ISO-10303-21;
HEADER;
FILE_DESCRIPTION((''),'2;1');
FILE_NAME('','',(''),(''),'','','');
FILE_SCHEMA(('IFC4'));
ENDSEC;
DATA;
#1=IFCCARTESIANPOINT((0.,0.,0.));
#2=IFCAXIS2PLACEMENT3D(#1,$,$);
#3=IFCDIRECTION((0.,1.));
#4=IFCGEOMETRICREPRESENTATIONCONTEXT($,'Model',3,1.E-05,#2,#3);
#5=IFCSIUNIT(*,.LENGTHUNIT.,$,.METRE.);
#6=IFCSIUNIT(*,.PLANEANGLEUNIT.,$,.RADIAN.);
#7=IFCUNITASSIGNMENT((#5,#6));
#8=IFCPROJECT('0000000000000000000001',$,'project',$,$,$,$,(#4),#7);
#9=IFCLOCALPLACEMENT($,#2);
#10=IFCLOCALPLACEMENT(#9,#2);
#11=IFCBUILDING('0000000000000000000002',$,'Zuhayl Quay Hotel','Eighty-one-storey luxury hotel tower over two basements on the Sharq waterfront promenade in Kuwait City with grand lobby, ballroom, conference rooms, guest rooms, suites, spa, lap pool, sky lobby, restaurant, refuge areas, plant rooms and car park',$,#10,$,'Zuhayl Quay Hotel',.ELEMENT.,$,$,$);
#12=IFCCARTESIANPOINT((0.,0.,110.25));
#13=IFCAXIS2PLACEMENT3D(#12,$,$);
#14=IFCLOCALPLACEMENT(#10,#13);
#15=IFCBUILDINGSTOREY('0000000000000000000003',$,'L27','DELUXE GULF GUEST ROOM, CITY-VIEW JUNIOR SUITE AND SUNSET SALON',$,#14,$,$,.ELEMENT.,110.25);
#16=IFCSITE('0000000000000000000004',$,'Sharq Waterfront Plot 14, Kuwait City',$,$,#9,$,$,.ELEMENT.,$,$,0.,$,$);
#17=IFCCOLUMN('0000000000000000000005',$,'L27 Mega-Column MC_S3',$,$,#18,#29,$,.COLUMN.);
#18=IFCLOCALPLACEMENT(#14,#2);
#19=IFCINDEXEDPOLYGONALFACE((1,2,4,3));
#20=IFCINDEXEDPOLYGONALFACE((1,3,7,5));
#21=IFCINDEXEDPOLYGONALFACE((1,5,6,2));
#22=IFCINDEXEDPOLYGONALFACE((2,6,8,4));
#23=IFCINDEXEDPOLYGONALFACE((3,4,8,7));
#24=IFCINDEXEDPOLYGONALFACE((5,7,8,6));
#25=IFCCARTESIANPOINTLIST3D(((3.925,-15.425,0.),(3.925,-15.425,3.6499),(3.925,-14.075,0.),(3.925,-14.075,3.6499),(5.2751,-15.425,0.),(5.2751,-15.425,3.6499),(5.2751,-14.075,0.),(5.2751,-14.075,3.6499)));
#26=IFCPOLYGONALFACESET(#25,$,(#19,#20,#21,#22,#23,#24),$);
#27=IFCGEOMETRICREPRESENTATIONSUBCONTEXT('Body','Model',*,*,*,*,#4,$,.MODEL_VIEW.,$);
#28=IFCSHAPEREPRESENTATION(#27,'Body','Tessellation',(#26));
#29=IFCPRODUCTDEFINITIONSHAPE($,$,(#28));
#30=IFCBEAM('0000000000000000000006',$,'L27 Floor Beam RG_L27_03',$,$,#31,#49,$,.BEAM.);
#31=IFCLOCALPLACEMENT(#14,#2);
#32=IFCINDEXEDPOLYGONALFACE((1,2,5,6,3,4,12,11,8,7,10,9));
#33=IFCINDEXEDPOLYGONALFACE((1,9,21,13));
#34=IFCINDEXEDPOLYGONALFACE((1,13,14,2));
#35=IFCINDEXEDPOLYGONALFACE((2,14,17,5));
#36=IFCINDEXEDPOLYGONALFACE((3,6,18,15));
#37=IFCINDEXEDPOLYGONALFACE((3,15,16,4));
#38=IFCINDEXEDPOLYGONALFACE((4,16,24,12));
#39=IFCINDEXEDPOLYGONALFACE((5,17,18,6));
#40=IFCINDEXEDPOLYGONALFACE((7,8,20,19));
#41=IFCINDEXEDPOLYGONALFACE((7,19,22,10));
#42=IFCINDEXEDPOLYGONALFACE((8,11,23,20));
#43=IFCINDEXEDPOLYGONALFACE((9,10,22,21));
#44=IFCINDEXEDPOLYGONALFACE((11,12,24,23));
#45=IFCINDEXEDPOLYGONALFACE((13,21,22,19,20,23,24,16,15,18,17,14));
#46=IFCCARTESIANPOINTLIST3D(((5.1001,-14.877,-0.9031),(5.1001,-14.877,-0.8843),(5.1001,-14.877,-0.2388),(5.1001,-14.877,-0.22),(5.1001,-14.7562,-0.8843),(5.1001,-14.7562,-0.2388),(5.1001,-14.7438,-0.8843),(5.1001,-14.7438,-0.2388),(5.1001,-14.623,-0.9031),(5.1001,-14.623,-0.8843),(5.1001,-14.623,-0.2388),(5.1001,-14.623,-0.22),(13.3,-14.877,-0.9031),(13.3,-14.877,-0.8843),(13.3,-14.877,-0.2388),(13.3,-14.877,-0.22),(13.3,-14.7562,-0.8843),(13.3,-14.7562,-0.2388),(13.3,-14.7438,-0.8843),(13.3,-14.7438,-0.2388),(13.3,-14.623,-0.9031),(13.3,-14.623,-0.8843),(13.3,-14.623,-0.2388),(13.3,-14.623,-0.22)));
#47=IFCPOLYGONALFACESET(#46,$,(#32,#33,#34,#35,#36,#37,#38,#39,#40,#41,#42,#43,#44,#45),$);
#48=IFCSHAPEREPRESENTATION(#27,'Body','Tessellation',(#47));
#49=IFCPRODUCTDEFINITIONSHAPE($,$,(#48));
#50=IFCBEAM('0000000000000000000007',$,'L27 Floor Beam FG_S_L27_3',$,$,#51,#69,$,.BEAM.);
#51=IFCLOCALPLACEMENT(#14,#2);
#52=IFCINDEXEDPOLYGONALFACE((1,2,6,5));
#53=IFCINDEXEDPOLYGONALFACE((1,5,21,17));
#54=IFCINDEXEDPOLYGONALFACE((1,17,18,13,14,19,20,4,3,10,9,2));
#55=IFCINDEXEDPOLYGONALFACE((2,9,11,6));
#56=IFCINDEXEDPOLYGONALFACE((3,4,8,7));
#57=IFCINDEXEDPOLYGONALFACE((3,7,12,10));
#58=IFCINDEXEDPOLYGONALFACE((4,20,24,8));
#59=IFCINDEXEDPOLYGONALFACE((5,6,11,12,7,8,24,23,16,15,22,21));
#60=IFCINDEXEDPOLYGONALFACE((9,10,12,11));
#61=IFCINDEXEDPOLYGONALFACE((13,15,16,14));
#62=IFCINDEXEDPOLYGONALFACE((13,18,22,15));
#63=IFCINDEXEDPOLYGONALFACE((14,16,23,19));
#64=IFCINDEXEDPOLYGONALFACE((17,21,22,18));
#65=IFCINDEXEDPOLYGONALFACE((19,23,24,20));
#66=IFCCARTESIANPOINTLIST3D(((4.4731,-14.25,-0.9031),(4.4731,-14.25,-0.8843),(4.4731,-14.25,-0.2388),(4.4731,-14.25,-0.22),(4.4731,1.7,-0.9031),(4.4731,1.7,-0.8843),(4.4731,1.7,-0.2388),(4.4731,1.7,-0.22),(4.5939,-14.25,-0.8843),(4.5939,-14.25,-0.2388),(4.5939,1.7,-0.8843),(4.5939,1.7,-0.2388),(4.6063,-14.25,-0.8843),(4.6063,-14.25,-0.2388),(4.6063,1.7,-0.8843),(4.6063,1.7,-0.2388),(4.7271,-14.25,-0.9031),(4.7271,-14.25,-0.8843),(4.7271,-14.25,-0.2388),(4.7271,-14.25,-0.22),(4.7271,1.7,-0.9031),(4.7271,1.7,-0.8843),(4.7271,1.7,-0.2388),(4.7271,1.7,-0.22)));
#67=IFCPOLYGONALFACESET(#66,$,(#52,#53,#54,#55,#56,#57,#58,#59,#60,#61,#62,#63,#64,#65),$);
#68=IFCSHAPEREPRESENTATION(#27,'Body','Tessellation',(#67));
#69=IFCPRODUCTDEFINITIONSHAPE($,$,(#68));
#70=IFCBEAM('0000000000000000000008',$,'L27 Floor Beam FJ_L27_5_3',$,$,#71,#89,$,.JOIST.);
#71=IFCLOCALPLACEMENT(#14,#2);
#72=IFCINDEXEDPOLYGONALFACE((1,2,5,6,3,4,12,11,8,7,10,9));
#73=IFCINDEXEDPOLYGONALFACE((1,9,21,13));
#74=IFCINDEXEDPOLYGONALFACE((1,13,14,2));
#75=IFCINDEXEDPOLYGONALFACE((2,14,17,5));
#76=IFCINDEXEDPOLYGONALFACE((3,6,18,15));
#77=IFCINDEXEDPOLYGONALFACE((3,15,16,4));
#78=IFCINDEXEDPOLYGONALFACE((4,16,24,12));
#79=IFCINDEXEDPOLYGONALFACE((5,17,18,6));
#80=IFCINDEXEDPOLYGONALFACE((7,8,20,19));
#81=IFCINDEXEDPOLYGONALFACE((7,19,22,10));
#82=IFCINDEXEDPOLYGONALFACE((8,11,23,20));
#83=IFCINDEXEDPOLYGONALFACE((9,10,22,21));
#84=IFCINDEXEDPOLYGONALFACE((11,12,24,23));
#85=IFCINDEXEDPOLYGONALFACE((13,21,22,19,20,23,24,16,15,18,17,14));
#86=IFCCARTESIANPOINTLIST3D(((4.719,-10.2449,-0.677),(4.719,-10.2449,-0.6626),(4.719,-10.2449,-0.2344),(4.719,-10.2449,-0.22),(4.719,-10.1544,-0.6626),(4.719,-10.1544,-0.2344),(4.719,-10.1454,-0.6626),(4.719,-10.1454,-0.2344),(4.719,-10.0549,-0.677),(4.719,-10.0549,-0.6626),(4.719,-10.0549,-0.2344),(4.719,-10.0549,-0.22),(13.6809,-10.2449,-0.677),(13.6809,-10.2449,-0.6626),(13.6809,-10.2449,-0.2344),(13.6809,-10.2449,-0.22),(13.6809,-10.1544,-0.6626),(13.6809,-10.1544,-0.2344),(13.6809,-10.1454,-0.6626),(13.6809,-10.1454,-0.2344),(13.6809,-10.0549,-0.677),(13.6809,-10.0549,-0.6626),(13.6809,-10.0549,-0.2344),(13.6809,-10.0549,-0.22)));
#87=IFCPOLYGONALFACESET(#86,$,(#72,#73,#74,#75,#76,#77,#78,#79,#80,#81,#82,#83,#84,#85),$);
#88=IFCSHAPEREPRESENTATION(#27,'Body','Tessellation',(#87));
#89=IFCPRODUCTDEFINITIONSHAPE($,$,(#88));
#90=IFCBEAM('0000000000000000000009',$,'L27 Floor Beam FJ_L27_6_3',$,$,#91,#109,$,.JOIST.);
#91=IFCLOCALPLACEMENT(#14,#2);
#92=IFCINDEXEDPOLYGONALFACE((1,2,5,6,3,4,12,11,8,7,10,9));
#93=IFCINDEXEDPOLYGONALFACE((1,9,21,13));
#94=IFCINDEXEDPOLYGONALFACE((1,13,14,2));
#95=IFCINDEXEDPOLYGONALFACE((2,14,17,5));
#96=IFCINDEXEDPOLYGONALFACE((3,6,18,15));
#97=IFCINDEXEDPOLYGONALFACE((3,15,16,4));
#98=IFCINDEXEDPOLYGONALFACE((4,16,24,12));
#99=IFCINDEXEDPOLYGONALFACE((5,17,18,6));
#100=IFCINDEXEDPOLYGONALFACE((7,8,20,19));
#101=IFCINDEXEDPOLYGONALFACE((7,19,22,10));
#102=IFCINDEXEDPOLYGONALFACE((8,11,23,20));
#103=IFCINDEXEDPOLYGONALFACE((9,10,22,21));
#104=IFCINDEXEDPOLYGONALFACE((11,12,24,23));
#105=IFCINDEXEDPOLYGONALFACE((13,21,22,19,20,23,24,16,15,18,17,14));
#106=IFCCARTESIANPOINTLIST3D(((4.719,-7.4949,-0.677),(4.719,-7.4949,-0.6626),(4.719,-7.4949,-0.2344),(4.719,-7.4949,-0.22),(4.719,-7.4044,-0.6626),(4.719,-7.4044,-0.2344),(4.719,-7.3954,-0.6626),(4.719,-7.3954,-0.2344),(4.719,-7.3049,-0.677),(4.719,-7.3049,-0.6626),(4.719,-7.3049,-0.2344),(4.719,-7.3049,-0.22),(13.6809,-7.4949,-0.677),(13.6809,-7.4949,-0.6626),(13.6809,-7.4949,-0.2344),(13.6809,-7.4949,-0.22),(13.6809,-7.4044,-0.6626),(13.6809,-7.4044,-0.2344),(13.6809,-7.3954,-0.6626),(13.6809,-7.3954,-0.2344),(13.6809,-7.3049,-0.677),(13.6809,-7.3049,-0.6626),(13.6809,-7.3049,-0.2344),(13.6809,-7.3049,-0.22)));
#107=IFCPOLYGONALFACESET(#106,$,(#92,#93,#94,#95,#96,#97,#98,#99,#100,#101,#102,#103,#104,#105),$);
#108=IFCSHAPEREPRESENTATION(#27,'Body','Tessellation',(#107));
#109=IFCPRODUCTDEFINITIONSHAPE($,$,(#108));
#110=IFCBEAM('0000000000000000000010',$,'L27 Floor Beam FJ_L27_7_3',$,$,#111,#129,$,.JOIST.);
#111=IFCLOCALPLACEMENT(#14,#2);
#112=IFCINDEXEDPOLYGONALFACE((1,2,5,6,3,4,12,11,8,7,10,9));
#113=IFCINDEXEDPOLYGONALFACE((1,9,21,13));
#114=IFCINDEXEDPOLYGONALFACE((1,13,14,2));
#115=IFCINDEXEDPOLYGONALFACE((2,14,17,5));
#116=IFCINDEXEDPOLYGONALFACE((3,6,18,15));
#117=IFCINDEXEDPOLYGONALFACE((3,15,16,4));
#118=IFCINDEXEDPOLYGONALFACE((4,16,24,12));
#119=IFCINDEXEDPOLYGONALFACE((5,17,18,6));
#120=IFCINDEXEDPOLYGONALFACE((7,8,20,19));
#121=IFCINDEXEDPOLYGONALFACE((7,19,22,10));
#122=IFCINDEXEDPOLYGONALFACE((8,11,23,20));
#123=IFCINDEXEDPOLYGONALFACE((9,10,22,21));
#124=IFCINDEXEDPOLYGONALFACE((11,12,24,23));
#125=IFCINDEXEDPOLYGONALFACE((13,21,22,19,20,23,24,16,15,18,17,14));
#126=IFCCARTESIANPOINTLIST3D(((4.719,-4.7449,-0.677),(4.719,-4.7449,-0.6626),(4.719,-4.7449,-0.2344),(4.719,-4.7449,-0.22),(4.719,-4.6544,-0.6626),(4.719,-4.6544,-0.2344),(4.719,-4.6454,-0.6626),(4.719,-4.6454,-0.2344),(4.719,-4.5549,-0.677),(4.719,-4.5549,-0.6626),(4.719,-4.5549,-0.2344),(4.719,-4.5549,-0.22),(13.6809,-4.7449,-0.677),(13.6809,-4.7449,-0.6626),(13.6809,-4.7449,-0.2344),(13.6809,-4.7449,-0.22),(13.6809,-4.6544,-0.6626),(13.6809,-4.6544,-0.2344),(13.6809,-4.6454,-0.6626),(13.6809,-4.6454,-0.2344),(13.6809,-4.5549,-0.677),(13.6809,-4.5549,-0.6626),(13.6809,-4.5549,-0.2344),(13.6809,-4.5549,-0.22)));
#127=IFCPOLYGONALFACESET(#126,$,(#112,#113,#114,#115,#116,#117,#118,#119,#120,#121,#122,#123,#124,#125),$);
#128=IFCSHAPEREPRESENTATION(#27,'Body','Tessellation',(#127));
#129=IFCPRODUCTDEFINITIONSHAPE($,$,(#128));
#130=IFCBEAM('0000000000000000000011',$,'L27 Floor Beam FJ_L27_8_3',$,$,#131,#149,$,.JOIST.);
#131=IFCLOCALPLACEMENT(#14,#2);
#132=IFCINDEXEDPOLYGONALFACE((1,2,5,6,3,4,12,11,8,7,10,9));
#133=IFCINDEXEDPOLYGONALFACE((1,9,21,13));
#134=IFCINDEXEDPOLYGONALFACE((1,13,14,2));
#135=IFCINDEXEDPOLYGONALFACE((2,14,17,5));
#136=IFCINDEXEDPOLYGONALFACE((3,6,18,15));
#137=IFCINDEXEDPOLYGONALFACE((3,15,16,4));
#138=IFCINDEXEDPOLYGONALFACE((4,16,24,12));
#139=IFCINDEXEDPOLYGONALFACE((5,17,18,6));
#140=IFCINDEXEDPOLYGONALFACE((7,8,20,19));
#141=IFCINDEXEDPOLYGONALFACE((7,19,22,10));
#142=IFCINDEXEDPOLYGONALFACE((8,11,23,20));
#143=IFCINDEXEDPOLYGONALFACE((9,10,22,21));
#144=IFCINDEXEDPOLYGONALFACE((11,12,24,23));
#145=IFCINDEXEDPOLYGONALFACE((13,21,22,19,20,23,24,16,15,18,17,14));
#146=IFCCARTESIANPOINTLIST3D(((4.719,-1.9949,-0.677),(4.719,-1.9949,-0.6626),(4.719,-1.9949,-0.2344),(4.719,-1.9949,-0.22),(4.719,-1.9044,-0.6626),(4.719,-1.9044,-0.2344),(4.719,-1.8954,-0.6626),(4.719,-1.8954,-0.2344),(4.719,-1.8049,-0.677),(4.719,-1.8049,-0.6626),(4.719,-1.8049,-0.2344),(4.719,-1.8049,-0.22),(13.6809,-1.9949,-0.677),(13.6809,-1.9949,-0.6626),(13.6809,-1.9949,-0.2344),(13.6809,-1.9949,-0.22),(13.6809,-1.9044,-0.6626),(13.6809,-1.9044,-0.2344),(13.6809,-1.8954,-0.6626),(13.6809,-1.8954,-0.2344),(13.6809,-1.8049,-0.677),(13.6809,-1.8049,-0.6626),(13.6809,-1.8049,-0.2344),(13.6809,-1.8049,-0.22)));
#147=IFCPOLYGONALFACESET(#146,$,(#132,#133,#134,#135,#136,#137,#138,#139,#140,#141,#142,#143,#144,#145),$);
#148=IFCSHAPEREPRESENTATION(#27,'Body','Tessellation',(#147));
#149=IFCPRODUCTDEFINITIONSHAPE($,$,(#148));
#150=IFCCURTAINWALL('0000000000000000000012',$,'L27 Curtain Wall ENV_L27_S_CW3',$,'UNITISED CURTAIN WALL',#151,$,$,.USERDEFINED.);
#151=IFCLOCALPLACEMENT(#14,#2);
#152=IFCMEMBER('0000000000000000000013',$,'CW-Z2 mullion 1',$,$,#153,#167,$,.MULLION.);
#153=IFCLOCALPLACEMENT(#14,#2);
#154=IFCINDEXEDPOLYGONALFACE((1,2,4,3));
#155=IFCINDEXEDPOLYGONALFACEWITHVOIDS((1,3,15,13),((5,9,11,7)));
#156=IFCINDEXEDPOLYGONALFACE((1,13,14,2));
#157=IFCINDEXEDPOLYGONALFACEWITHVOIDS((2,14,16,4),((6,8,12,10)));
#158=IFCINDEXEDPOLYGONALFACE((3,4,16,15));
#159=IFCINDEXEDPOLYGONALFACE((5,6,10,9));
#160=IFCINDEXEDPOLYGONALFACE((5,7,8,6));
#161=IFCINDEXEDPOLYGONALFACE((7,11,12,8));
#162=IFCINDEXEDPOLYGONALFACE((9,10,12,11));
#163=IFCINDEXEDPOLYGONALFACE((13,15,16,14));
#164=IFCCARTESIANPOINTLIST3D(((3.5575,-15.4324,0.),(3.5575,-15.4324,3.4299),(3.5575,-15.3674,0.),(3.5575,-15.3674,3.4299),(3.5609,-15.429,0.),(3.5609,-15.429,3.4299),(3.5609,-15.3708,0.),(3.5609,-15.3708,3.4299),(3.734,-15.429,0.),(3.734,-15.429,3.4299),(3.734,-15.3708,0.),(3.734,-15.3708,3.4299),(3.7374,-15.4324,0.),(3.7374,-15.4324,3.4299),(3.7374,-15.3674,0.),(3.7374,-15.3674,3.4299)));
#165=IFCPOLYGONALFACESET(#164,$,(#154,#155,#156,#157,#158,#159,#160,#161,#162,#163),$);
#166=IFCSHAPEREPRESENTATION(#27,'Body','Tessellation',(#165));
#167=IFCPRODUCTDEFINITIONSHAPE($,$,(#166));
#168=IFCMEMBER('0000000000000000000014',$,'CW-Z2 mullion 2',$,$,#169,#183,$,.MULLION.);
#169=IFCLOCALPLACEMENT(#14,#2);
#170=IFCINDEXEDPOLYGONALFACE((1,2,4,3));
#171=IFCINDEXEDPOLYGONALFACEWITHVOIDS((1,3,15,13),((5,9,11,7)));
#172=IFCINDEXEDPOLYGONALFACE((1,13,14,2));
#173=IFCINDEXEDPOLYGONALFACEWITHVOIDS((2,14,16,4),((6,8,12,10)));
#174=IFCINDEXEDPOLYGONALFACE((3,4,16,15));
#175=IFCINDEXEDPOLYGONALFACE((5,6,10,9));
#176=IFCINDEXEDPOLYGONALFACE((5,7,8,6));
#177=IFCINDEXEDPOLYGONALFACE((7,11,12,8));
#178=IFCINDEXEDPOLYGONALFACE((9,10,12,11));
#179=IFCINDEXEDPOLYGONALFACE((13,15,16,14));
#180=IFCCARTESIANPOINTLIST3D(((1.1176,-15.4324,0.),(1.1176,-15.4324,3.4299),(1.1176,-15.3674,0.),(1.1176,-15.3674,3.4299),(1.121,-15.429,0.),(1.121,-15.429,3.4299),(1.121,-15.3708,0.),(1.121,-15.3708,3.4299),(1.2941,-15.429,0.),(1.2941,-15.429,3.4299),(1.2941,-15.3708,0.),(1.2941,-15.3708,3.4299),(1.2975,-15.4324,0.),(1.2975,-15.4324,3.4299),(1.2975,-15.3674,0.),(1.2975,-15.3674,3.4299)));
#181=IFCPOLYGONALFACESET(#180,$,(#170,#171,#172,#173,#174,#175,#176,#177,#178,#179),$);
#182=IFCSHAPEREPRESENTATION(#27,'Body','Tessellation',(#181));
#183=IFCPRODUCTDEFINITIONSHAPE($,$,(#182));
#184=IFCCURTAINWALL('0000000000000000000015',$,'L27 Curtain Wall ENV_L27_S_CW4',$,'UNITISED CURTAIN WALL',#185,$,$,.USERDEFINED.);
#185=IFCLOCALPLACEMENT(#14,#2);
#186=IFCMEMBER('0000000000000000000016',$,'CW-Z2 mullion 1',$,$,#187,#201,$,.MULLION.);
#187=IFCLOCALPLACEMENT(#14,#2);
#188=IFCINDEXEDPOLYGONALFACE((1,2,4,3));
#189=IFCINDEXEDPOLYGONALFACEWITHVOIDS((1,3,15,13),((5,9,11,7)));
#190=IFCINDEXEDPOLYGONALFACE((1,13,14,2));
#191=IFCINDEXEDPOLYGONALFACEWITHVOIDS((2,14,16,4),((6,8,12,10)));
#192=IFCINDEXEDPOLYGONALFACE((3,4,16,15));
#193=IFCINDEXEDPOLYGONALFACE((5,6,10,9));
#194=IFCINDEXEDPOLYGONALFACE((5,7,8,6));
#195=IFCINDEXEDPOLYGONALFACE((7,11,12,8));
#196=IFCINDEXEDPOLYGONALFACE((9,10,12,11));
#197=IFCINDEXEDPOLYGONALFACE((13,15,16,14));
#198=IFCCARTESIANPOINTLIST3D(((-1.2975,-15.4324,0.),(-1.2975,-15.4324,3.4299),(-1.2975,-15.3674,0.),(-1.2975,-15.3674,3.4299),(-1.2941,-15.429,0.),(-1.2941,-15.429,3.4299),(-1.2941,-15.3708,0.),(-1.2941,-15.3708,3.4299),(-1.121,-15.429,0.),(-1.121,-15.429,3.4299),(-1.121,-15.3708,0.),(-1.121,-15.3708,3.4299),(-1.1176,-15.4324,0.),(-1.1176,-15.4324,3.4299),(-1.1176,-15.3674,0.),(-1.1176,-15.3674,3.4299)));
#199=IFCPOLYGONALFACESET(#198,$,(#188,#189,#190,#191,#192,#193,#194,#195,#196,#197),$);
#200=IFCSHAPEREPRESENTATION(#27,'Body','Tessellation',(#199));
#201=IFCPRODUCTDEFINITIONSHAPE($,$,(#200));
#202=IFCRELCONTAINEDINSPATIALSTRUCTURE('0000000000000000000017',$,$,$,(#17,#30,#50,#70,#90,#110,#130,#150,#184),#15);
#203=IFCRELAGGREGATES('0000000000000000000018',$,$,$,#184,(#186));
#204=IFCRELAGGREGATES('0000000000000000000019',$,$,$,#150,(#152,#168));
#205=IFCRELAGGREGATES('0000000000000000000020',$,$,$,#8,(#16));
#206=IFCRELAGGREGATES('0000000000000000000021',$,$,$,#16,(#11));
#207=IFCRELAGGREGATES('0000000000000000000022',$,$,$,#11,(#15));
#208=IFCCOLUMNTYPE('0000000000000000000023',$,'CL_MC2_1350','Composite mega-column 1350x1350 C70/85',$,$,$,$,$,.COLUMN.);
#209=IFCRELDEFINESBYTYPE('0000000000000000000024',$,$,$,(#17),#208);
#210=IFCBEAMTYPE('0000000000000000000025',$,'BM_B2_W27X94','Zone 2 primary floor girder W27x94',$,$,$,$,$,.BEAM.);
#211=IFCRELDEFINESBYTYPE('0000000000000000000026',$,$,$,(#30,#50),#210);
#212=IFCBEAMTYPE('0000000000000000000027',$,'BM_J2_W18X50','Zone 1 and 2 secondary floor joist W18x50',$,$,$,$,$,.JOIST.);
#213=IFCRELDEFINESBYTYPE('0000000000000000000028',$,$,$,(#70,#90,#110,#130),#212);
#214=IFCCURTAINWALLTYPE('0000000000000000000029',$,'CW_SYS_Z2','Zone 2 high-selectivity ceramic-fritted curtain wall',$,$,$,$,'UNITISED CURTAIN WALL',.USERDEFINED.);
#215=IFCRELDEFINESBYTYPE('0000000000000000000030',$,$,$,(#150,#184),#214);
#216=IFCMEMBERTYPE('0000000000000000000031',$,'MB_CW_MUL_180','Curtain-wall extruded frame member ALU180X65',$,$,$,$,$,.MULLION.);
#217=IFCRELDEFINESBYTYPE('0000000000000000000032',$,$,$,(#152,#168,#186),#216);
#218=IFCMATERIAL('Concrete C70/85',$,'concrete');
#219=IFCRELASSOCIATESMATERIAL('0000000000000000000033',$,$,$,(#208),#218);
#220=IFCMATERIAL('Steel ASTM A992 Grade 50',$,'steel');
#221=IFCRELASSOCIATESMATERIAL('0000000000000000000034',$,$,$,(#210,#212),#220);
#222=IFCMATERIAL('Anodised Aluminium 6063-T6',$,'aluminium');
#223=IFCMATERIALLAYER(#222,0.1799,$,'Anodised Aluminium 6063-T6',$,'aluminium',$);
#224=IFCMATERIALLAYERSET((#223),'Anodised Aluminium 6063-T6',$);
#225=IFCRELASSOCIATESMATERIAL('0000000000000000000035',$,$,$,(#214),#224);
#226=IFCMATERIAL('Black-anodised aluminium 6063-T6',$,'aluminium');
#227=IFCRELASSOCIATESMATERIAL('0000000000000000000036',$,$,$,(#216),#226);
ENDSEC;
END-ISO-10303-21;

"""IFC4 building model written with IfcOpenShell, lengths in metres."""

from ifc_helpers import new_model, si_unit, direction, frame, origin, origin_2d, place, context, subcontext, project, spatial, rectangle, hollow_rectangle, i_section, extrude, material, layer, layer_set, material_profile, profile_set, type_object, element, aggregate, save


model = new_model("IFC4")

# Units and contexts
model_context = context("Model", 3, precision=1e-05, world=origin(), true_north=direction((0.0, 1.0)))
body_context = subcontext(model_context, "Body", "Model", "MODEL_VIEW")
ifc_project = project(units=[si_unit("LENGTHUNIT", "METRE"), si_unit("PLANEANGLEUNIT", "RADIAN")], contexts=[model_context])

# Site, building, storey
site_placement = place(None, origin())
site = spatial("IfcSite", under=ifc_project, at=site_placement, Name="Sharq Waterfront Plot 14, Kuwait City", CompositionType="ELEMENT", RefElevation=0.0)
building_placement = place(site_placement, origin())
building = spatial("IfcBuilding", under=site, at=building_placement, Name="Zuhayl Quay Hotel", Description="Eighty-one-storey luxury hotel tower over two basements on the Sharq waterfront promenade in Kuwait City with grand lobby, ballroom, conference rooms, guest rooms, suites, spa, lap pool, sky lobby, restaurant, refuge areas, plant rooms and car park", LongName="Zuhayl Quay Hotel", CompositionType="ELEMENT")
storey_placement = place(building_placement, frame((0.0, 0.0, 110.25)))
storey = spatial("IfcBuildingStorey", under=building, at=storey_placement, Name="L27", Description="DELUXE GULF GUEST ROOM, CITY-VIEW JUNIOR SUITE AND SUNSET SALON", CompositionType="ELEMENT", Elevation=110.25)

# Column
ifc_material_1 = material(Name="Concrete C70/85", Category="concrete")
ifc_material_profile_1 = material_profile(ifc_material_1, rectangle(XDim=1.3501, YDim=1.3501, at=origin_2d()), Name="RC1350X1350")
ifc_profile_set_1 = profile_set([ifc_material_profile_1], Name="Concrete C70/85")
column_type = type_object("IfcColumnType", Name="CL_MC2_1350", Description="Composite mega-column 1350x1350 C70/85", PredefinedType="COLUMN", material=ifc_profile_set_1)
column_placement = place(storey_placement, frame((4.6001, -14.75, 0.0), z_axis=(0.0, 0.0, 1.0), x_axis=(1.0, 0.0, 0.0)))
element("IfcColumn", 1, at=column_placement, inside=storey, type_object=column_type, Name="L27 Mega-Column MC_S3", PredefinedType="COLUMN", context=body_context, shape_type="SweptSolid", body=[
    extrude(rectangle(XDim=1.3501, YDim=1.3501, at=origin_2d()), origin(), (0.0, 0.0, 1.0), 3.6499),
])

# Beams
ifc_material_2 = material(Name="Steel ASTM A992 Grade 50", Category="steel")
ifc_material_profile_2 = material_profile(ifc_material_2, i_section(OverallWidth=0.2539, OverallDepth=0.6831, WebThickness=0.0125, FlangeThickness=0.0188, at=origin_2d()), Name="W27X94")
ifc_profile_set_2 = profile_set([ifc_material_profile_2], Name="Steel ASTM A992 Grade 50")
beam_type_1 = type_object("IfcBeamType", Name="BM_B2_W27X94", Description="Zone 2 primary floor girder W27x94", PredefinedType="BEAM", material=ifc_profile_set_2)
beam_1_placement = place(storey_placement, frame((5.1001, -14.75, -0.5615), z_axis=(1.0, 0.0, 0.0), x_axis=(0.0, 1.0, 0.0)))
element("IfcBeam", 2, at=beam_1_placement, inside=storey, type_object=beam_type_1, Name="L27 Floor Beam RG_L27_03", PredefinedType="BEAM", context=body_context, shape_type="SweptSolid", body=[
    extrude(i_section(OverallWidth=0.2539, OverallDepth=0.6831, WebThickness=0.0125, FlangeThickness=0.0188, at=origin_2d()), origin(), (0.0, 0.0, 1.0), 8.2),
])
beam_2_placement = place(storey_placement, frame((4.6001, -14.25, -0.5615), z_axis=(0.0, 1.0, 0.0), x_axis=(-1.0, 0.0, 0.0)))
element("IfcBeam", 3, at=beam_2_placement, inside=storey, type_object=beam_type_1, Name="L27 Floor Beam FG_S_L27_3", PredefinedType="BEAM", context=body_context, shape_type="SweptSolid", body=[
    extrude(i_section(OverallWidth=0.2539, OverallDepth=0.6831, WebThickness=0.0125, FlangeThickness=0.0188, at=origin_2d()), origin(), (0.0, 0.0, 1.0), 15.95),
])
ifc_material_profile_3 = material_profile(ifc_material_2, i_section(OverallWidth=0.1899, OverallDepth=0.457, WebThickness=0.009, FlangeThickness=0.0144, at=origin_2d()), Name="W18X50")
ifc_profile_set_3 = profile_set([ifc_material_profile_3], Name="Steel ASTM A992 Grade 50")
beam_type_2 = type_object("IfcBeamType", Name="BM_J2_W18X50", Description="Zone 1 and 2 secondary floor joist W18x50", PredefinedType="JOIST", material=ifc_profile_set_3)
for number, where, z_axis, x_axis, name in (
    (4, (4.719, -10.1499, -0.4485), (1.0, 0.0, 0.0), (0.0, 1.0, 0.0), "L27 Floor Beam FJ_L27_5_3"),
    (5, (4.719, -7.3999, -0.4485), (1.0, 0.0, 0.0), (0.0, 1.0, 0.0), "L27 Floor Beam FJ_L27_6_3"),
    (6, (4.719, -4.6499, -0.4485), (1.0, 0.0, 0.0), (0.0, 1.0, 0.0), "L27 Floor Beam FJ_L27_7_3"),
    (7, (4.719, -1.8999, -0.4485), (1.0, 0.0, 0.0), (0.0, 1.0, 0.0), "L27 Floor Beam FJ_L27_8_3"),
):
    element("IfcBeam", number, at=place(storey_placement, frame(where, z_axis=z_axis, x_axis=x_axis)), inside=storey, type_object=beam_type_2, Name=name, PredefinedType="JOIST", context=body_context, shape_type="SweptSolid", body=[
        extrude(i_section(OverallWidth=0.1899, OverallDepth=0.457, WebThickness=0.009, FlangeThickness=0.0144, at=origin_2d()), origin(), (0.0, 0.0, 1.0), 8.9619),
    ])

# Curtain wall, members
ifc_material_3 = material(Name="Anodised Aluminium 6063-T6", Category="aluminium")
ifc_layer_1 = layer(ifc_material_3, 0.1799, Name="Anodised Aluminium 6063-T6", Category="aluminium")
ifc_layer_set_1 = layer_set([ifc_layer_1], Name="Anodised Aluminium 6063-T6")
curtain_wall_type = type_object("IfcCurtainWallType", Name="CW_SYS_Z2", Description="Zone 2 high-selectivity ceramic-fritted curtain wall", ElementType="UNITISED CURTAIN WALL", PredefinedType="USERDEFINED", material=ifc_layer_set_1)
curtain_wall_1_placement = place(storey_placement, origin())
curtain_wall_1 = element("IfcCurtainWall", 8, at=curtain_wall_1_placement, inside=storey, type_object=curtain_wall_type, Name="L27 Curtain Wall ENV_L27_S_CW3", ObjectType="UNITISED CURTAIN WALL", PredefinedType="USERDEFINED")
ifc_material_4 = material(Name="Black-anodised aluminium 6063-T6", Category="aluminium")
ifc_material_profile_4 = material_profile(ifc_material_4, hollow_rectangle(XDim=0.0649, YDim=0.1799, WallThickness=0.0034, at=origin_2d()), Name="ALU180X65")
ifc_profile_set_4 = profile_set([ifc_material_profile_4], Name="Black-anodised aluminium 6063-T6")
member_type_1 = type_object("IfcMemberType", Name="MB_CW_MUL_180", Description="Curtain-wall extruded frame member ALU180X65", PredefinedType="MULLION", material=ifc_profile_set_4)
member_1_placement = place(storey_placement, frame((3.6475, -15.3999, 0.0), z_axis=(0.0, 0.0, 1.0), x_axis=(0.0, -1.0, 0.0)))
member_1 = element("IfcMember", 9, at=member_1_placement, type_object=member_type_1, Name="CW-Z2 mullion 1", PredefinedType="MULLION", context=body_context, shape_type="SweptSolid", body=[
    extrude(hollow_rectangle(XDim=0.0649, YDim=0.1799, WallThickness=0.0034, at=origin_2d()), origin(), (0.0, 0.0, 1.0), 3.4299),
])
member_2_placement = place(storey_placement, frame((1.2075, -15.3999, 0.0), z_axis=(0.0, 0.0, 1.0), x_axis=(0.0, -1.0, 0.0)))
member_2 = element("IfcMember", 10, at=member_2_placement, type_object=member_type_1, Name="CW-Z2 mullion 2", PredefinedType="MULLION", context=body_context, shape_type="SweptSolid", body=[
    extrude(hollow_rectangle(XDim=0.0649, YDim=0.1799, WallThickness=0.0034, at=origin_2d()), origin(), (0.0, 0.0, 1.0), 3.4299),
])

# Curtain wall, member
curtain_wall_2_placement = place(storey_placement, origin())
curtain_wall_2 = element("IfcCurtainWall", 11, at=curtain_wall_2_placement, inside=storey, type_object=curtain_wall_type, Name="L27 Curtain Wall ENV_L27_S_CW4", ObjectType="UNITISED CURTAIN WALL", PredefinedType="USERDEFINED")
member_3_placement = place(storey_placement, frame((-1.2075, -15.3999, 0.0), z_axis=(0.0, 0.0, 1.0), x_axis=(0.0, -1.0, 0.0)))
member_3 = element("IfcMember", 12, at=member_3_placement, type_object=member_type_1, Name="CW-Z2 mullion 1", PredefinedType="MULLION", context=body_context, shape_type="SweptSolid", body=[
    extrude(hollow_rectangle(XDim=0.0649, YDim=0.1799, WallThickness=0.0034, at=origin_2d()), origin(), (0.0, 0.0, 1.0), 3.4299),
])

aggregate(curtain_wall_2, [member_3])

aggregate(curtain_wall_1, [member_1, member_2])

save(model, "model.ifc")
